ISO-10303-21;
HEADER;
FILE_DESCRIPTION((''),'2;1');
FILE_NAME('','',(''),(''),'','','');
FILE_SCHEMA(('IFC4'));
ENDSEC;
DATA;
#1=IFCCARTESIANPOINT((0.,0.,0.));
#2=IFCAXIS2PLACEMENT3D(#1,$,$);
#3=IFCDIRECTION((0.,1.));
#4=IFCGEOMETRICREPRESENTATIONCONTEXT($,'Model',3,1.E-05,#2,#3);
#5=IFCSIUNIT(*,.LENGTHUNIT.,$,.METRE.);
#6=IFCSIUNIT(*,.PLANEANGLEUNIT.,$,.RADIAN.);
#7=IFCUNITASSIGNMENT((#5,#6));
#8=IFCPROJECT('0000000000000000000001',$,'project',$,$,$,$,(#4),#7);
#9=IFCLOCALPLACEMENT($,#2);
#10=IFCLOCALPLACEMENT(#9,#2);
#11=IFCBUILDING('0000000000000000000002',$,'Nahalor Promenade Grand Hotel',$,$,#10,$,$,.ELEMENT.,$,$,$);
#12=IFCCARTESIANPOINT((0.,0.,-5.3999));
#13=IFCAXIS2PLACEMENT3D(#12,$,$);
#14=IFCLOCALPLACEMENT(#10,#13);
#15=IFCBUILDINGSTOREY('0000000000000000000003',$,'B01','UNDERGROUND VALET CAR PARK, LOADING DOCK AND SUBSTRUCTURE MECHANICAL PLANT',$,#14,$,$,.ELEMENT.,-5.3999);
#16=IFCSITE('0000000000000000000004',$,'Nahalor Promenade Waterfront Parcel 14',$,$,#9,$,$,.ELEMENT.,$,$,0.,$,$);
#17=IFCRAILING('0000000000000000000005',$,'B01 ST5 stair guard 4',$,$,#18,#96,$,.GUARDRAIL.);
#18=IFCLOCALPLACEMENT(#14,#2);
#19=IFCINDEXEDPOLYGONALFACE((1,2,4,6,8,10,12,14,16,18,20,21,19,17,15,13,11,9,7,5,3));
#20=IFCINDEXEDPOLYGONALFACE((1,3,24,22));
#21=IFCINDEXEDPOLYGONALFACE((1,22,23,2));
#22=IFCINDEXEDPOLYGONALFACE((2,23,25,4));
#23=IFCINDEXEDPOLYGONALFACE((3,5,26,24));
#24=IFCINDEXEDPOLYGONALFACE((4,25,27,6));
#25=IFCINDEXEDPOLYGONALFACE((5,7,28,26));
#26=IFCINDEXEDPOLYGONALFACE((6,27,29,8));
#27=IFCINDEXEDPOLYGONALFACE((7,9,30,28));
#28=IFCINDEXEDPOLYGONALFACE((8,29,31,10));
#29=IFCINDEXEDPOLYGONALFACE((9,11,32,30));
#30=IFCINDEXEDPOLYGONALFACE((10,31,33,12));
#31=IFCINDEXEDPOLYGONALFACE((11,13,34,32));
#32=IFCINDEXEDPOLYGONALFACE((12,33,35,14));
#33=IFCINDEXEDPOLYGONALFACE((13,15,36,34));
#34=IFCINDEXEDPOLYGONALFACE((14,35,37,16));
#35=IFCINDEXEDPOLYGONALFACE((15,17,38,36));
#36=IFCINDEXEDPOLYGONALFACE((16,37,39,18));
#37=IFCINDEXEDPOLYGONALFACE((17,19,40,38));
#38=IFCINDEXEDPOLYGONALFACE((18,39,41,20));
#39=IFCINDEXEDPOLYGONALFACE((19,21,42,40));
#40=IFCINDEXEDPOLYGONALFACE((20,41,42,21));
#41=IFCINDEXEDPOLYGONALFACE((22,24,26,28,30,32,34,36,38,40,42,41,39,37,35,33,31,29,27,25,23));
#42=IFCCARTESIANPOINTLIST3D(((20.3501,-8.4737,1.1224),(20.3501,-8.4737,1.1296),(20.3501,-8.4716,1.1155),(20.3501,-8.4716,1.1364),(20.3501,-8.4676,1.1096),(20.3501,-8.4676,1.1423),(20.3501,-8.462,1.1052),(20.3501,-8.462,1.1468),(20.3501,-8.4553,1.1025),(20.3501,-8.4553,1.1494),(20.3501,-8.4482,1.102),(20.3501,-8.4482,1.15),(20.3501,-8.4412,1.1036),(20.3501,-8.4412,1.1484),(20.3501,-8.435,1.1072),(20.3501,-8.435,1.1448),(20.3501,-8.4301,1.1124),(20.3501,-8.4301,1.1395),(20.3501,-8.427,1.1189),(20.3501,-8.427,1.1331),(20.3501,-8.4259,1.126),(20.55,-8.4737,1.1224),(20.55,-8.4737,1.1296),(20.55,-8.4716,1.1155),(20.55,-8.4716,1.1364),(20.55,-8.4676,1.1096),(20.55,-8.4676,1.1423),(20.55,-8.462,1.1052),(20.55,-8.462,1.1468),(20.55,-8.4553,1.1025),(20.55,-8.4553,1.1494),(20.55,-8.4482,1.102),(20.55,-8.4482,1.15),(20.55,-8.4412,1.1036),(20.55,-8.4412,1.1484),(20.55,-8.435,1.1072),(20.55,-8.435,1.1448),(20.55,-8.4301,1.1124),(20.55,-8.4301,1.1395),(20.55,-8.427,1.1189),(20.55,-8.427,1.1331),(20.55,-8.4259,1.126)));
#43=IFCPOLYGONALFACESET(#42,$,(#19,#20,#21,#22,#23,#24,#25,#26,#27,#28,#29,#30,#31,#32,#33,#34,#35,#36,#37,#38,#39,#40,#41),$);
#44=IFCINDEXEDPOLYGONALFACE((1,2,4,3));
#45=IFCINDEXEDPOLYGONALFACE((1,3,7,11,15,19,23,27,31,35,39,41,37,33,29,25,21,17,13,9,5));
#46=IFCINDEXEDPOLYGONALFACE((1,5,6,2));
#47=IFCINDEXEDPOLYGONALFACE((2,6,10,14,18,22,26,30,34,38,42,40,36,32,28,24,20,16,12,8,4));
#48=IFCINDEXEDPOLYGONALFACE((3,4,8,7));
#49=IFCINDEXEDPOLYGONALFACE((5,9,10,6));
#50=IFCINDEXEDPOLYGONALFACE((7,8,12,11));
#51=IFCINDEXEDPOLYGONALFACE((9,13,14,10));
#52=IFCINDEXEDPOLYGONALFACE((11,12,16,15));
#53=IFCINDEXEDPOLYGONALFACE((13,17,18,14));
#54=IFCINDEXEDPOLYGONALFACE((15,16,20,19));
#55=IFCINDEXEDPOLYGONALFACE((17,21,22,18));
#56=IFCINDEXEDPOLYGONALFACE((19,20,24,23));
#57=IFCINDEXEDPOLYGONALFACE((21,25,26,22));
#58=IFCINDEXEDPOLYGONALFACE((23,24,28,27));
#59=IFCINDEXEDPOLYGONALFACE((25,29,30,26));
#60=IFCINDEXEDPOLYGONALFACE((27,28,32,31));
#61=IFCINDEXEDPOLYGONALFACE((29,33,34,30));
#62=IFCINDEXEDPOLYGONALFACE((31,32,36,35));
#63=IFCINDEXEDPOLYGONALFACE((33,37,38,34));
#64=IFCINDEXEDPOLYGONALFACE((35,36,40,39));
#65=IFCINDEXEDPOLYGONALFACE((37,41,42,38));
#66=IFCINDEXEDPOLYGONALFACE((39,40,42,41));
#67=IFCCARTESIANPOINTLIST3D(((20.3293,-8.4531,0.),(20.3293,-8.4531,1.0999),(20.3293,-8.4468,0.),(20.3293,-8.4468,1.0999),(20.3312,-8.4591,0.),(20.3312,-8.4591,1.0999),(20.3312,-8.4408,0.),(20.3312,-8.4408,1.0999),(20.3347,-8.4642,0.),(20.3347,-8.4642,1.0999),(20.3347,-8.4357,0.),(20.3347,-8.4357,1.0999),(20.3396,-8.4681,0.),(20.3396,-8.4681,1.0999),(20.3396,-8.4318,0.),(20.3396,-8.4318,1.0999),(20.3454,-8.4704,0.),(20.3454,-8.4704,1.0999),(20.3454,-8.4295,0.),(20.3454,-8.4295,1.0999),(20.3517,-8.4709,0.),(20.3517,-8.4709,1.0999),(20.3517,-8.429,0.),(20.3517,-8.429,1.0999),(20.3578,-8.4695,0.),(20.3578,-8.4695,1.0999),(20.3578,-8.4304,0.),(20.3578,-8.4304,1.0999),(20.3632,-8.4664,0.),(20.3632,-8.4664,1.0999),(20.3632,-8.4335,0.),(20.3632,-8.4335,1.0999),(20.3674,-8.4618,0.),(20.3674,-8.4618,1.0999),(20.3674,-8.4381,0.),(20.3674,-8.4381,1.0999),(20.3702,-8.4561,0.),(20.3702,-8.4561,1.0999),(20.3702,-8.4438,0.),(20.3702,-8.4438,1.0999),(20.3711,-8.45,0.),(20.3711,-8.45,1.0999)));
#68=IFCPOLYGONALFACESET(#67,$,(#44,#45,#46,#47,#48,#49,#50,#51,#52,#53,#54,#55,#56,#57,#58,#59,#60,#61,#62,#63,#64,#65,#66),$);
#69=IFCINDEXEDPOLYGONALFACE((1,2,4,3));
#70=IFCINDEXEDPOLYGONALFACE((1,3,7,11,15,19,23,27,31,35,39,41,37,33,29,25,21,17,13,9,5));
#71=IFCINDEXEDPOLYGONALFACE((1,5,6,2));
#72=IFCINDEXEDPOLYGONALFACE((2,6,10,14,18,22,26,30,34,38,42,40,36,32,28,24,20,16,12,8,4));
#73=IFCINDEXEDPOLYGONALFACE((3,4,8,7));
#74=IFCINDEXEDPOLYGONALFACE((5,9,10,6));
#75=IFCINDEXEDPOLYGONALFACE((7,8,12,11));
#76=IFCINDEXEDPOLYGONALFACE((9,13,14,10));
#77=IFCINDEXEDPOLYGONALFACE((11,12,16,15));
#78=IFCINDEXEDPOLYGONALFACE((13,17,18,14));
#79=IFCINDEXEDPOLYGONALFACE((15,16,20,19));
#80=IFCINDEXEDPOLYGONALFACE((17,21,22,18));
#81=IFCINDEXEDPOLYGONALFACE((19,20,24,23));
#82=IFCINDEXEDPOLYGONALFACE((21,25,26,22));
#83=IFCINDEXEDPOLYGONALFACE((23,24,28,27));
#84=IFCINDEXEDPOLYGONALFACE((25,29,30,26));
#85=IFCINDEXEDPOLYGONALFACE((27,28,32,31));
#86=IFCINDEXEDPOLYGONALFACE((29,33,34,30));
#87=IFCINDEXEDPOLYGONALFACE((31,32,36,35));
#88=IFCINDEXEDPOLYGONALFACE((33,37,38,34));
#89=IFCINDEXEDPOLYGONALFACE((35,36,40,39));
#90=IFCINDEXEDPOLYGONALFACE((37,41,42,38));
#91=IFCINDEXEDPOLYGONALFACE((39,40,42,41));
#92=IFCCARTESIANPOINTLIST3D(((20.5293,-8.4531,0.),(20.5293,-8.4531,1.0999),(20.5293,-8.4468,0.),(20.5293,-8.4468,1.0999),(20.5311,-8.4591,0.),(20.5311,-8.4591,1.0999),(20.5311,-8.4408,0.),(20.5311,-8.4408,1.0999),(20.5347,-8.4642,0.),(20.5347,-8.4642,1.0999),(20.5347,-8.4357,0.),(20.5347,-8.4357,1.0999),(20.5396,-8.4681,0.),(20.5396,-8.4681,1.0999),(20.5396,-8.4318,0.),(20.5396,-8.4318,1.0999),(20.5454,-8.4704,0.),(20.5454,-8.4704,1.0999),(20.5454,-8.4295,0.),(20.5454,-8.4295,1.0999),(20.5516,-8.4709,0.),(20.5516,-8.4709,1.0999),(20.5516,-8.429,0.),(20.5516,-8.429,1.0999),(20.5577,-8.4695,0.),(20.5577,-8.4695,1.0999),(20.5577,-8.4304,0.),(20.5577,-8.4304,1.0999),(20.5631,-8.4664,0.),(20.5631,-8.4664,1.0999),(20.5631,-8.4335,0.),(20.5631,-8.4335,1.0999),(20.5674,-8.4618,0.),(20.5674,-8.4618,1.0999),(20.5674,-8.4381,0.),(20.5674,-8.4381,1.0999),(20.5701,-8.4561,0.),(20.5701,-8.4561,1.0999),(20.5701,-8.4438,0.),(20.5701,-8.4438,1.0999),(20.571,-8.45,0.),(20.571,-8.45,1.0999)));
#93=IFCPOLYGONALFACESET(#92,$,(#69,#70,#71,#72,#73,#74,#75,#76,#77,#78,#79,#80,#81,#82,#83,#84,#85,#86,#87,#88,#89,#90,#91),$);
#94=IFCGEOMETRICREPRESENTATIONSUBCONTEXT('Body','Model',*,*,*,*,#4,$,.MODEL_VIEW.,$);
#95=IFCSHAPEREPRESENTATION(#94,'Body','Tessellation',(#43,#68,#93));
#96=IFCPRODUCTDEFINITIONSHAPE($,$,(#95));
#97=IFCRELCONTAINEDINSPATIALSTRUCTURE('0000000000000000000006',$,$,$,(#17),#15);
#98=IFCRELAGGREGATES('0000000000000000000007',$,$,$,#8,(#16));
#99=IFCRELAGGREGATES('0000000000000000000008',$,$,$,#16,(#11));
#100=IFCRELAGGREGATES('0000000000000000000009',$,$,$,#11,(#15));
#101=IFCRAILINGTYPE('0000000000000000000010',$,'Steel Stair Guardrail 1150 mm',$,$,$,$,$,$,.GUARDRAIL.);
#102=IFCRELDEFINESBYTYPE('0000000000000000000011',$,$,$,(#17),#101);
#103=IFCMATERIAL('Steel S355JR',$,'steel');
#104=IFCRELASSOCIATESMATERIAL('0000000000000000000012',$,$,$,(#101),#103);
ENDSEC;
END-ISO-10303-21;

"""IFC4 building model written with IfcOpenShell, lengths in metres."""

from ifc_helpers import new_model, si_unit, direction, frame, origin, origin_2d, place, context, subcontext, project, spatial, circle, extrude, material, type_object, element, save


model = new_model("IFC4")

# Units and contexts
model_context = context("Model", 3, precision=1e-05, world=origin(), true_north=direction((0.0, 1.0)))
body_context = subcontext(model_context, "Body", "Model", "MODEL_VIEW")
ifc_project = project(units=[si_unit("LENGTHUNIT", "METRE"), si_unit("PLANEANGLEUNIT", "RADIAN")], contexts=[model_context])

# Site, building, storey
site_placement = place(None, origin())
site = spatial("IfcSite", under=ifc_project, at=site_placement, Name="Nahalor Promenade Waterfront Parcel 14", CompositionType="ELEMENT", RefElevation=0.0)
building_placement = place(site_placement, origin())
building = spatial("IfcBuilding", under=site, at=building_placement, Name="Nahalor Promenade Grand Hotel", CompositionType="ELEMENT")
storey_placement = place(building_placement, frame((0.0, 0.0, -5.3999)))
storey = spatial("IfcBuildingStorey", under=building, at=storey_placement, Name="B01", Description="UNDERGROUND VALET CAR PARK, LOADING DOCK AND SUBSTRUCTURE MECHANICAL PLANT", CompositionType="ELEMENT", Elevation=-5.3999)

# Shared definitions
ifc_material_1 = material(Name="Steel S355JR", Category="steel")

# Railing
railing_type_1 = type_object("IfcRailingType", Name="Steel Stair Guardrail 1150 mm", PredefinedType="GUARDRAIL", material=ifc_material_1)
railing_1_placement = place(storey_placement, frame((20.3501, -8.45, 0.0)))
element("IfcRailing", 1, at=railing_1_placement, inside=storey, type_object=railing_type_1, Name="B01 ST5 stair guard 4", PredefinedType="GUARDRAIL", context=body_context, shape_type="SweptSolid", body=[
    extrude(circle(Radius=0.024, at=origin_2d()), frame((0.0, 0.0, 1.126), z_axis=(1.0, 0.0, 0.0), x_axis=(0.0, 1.0, 0.0)), (0.0, 0.0, 1.0), 0.2),
    extrude(circle(Radius=0.021, at=origin_2d()), origin(), (0.0, 0.0, 1.0), 1.0999),
    extrude(circle(Radius=0.021, at=origin_2d()), frame((0.2, 0.0, 0.0)), (0.0, 0.0, 1.0), 1.0999),
])

save(model, "model.ifc")
